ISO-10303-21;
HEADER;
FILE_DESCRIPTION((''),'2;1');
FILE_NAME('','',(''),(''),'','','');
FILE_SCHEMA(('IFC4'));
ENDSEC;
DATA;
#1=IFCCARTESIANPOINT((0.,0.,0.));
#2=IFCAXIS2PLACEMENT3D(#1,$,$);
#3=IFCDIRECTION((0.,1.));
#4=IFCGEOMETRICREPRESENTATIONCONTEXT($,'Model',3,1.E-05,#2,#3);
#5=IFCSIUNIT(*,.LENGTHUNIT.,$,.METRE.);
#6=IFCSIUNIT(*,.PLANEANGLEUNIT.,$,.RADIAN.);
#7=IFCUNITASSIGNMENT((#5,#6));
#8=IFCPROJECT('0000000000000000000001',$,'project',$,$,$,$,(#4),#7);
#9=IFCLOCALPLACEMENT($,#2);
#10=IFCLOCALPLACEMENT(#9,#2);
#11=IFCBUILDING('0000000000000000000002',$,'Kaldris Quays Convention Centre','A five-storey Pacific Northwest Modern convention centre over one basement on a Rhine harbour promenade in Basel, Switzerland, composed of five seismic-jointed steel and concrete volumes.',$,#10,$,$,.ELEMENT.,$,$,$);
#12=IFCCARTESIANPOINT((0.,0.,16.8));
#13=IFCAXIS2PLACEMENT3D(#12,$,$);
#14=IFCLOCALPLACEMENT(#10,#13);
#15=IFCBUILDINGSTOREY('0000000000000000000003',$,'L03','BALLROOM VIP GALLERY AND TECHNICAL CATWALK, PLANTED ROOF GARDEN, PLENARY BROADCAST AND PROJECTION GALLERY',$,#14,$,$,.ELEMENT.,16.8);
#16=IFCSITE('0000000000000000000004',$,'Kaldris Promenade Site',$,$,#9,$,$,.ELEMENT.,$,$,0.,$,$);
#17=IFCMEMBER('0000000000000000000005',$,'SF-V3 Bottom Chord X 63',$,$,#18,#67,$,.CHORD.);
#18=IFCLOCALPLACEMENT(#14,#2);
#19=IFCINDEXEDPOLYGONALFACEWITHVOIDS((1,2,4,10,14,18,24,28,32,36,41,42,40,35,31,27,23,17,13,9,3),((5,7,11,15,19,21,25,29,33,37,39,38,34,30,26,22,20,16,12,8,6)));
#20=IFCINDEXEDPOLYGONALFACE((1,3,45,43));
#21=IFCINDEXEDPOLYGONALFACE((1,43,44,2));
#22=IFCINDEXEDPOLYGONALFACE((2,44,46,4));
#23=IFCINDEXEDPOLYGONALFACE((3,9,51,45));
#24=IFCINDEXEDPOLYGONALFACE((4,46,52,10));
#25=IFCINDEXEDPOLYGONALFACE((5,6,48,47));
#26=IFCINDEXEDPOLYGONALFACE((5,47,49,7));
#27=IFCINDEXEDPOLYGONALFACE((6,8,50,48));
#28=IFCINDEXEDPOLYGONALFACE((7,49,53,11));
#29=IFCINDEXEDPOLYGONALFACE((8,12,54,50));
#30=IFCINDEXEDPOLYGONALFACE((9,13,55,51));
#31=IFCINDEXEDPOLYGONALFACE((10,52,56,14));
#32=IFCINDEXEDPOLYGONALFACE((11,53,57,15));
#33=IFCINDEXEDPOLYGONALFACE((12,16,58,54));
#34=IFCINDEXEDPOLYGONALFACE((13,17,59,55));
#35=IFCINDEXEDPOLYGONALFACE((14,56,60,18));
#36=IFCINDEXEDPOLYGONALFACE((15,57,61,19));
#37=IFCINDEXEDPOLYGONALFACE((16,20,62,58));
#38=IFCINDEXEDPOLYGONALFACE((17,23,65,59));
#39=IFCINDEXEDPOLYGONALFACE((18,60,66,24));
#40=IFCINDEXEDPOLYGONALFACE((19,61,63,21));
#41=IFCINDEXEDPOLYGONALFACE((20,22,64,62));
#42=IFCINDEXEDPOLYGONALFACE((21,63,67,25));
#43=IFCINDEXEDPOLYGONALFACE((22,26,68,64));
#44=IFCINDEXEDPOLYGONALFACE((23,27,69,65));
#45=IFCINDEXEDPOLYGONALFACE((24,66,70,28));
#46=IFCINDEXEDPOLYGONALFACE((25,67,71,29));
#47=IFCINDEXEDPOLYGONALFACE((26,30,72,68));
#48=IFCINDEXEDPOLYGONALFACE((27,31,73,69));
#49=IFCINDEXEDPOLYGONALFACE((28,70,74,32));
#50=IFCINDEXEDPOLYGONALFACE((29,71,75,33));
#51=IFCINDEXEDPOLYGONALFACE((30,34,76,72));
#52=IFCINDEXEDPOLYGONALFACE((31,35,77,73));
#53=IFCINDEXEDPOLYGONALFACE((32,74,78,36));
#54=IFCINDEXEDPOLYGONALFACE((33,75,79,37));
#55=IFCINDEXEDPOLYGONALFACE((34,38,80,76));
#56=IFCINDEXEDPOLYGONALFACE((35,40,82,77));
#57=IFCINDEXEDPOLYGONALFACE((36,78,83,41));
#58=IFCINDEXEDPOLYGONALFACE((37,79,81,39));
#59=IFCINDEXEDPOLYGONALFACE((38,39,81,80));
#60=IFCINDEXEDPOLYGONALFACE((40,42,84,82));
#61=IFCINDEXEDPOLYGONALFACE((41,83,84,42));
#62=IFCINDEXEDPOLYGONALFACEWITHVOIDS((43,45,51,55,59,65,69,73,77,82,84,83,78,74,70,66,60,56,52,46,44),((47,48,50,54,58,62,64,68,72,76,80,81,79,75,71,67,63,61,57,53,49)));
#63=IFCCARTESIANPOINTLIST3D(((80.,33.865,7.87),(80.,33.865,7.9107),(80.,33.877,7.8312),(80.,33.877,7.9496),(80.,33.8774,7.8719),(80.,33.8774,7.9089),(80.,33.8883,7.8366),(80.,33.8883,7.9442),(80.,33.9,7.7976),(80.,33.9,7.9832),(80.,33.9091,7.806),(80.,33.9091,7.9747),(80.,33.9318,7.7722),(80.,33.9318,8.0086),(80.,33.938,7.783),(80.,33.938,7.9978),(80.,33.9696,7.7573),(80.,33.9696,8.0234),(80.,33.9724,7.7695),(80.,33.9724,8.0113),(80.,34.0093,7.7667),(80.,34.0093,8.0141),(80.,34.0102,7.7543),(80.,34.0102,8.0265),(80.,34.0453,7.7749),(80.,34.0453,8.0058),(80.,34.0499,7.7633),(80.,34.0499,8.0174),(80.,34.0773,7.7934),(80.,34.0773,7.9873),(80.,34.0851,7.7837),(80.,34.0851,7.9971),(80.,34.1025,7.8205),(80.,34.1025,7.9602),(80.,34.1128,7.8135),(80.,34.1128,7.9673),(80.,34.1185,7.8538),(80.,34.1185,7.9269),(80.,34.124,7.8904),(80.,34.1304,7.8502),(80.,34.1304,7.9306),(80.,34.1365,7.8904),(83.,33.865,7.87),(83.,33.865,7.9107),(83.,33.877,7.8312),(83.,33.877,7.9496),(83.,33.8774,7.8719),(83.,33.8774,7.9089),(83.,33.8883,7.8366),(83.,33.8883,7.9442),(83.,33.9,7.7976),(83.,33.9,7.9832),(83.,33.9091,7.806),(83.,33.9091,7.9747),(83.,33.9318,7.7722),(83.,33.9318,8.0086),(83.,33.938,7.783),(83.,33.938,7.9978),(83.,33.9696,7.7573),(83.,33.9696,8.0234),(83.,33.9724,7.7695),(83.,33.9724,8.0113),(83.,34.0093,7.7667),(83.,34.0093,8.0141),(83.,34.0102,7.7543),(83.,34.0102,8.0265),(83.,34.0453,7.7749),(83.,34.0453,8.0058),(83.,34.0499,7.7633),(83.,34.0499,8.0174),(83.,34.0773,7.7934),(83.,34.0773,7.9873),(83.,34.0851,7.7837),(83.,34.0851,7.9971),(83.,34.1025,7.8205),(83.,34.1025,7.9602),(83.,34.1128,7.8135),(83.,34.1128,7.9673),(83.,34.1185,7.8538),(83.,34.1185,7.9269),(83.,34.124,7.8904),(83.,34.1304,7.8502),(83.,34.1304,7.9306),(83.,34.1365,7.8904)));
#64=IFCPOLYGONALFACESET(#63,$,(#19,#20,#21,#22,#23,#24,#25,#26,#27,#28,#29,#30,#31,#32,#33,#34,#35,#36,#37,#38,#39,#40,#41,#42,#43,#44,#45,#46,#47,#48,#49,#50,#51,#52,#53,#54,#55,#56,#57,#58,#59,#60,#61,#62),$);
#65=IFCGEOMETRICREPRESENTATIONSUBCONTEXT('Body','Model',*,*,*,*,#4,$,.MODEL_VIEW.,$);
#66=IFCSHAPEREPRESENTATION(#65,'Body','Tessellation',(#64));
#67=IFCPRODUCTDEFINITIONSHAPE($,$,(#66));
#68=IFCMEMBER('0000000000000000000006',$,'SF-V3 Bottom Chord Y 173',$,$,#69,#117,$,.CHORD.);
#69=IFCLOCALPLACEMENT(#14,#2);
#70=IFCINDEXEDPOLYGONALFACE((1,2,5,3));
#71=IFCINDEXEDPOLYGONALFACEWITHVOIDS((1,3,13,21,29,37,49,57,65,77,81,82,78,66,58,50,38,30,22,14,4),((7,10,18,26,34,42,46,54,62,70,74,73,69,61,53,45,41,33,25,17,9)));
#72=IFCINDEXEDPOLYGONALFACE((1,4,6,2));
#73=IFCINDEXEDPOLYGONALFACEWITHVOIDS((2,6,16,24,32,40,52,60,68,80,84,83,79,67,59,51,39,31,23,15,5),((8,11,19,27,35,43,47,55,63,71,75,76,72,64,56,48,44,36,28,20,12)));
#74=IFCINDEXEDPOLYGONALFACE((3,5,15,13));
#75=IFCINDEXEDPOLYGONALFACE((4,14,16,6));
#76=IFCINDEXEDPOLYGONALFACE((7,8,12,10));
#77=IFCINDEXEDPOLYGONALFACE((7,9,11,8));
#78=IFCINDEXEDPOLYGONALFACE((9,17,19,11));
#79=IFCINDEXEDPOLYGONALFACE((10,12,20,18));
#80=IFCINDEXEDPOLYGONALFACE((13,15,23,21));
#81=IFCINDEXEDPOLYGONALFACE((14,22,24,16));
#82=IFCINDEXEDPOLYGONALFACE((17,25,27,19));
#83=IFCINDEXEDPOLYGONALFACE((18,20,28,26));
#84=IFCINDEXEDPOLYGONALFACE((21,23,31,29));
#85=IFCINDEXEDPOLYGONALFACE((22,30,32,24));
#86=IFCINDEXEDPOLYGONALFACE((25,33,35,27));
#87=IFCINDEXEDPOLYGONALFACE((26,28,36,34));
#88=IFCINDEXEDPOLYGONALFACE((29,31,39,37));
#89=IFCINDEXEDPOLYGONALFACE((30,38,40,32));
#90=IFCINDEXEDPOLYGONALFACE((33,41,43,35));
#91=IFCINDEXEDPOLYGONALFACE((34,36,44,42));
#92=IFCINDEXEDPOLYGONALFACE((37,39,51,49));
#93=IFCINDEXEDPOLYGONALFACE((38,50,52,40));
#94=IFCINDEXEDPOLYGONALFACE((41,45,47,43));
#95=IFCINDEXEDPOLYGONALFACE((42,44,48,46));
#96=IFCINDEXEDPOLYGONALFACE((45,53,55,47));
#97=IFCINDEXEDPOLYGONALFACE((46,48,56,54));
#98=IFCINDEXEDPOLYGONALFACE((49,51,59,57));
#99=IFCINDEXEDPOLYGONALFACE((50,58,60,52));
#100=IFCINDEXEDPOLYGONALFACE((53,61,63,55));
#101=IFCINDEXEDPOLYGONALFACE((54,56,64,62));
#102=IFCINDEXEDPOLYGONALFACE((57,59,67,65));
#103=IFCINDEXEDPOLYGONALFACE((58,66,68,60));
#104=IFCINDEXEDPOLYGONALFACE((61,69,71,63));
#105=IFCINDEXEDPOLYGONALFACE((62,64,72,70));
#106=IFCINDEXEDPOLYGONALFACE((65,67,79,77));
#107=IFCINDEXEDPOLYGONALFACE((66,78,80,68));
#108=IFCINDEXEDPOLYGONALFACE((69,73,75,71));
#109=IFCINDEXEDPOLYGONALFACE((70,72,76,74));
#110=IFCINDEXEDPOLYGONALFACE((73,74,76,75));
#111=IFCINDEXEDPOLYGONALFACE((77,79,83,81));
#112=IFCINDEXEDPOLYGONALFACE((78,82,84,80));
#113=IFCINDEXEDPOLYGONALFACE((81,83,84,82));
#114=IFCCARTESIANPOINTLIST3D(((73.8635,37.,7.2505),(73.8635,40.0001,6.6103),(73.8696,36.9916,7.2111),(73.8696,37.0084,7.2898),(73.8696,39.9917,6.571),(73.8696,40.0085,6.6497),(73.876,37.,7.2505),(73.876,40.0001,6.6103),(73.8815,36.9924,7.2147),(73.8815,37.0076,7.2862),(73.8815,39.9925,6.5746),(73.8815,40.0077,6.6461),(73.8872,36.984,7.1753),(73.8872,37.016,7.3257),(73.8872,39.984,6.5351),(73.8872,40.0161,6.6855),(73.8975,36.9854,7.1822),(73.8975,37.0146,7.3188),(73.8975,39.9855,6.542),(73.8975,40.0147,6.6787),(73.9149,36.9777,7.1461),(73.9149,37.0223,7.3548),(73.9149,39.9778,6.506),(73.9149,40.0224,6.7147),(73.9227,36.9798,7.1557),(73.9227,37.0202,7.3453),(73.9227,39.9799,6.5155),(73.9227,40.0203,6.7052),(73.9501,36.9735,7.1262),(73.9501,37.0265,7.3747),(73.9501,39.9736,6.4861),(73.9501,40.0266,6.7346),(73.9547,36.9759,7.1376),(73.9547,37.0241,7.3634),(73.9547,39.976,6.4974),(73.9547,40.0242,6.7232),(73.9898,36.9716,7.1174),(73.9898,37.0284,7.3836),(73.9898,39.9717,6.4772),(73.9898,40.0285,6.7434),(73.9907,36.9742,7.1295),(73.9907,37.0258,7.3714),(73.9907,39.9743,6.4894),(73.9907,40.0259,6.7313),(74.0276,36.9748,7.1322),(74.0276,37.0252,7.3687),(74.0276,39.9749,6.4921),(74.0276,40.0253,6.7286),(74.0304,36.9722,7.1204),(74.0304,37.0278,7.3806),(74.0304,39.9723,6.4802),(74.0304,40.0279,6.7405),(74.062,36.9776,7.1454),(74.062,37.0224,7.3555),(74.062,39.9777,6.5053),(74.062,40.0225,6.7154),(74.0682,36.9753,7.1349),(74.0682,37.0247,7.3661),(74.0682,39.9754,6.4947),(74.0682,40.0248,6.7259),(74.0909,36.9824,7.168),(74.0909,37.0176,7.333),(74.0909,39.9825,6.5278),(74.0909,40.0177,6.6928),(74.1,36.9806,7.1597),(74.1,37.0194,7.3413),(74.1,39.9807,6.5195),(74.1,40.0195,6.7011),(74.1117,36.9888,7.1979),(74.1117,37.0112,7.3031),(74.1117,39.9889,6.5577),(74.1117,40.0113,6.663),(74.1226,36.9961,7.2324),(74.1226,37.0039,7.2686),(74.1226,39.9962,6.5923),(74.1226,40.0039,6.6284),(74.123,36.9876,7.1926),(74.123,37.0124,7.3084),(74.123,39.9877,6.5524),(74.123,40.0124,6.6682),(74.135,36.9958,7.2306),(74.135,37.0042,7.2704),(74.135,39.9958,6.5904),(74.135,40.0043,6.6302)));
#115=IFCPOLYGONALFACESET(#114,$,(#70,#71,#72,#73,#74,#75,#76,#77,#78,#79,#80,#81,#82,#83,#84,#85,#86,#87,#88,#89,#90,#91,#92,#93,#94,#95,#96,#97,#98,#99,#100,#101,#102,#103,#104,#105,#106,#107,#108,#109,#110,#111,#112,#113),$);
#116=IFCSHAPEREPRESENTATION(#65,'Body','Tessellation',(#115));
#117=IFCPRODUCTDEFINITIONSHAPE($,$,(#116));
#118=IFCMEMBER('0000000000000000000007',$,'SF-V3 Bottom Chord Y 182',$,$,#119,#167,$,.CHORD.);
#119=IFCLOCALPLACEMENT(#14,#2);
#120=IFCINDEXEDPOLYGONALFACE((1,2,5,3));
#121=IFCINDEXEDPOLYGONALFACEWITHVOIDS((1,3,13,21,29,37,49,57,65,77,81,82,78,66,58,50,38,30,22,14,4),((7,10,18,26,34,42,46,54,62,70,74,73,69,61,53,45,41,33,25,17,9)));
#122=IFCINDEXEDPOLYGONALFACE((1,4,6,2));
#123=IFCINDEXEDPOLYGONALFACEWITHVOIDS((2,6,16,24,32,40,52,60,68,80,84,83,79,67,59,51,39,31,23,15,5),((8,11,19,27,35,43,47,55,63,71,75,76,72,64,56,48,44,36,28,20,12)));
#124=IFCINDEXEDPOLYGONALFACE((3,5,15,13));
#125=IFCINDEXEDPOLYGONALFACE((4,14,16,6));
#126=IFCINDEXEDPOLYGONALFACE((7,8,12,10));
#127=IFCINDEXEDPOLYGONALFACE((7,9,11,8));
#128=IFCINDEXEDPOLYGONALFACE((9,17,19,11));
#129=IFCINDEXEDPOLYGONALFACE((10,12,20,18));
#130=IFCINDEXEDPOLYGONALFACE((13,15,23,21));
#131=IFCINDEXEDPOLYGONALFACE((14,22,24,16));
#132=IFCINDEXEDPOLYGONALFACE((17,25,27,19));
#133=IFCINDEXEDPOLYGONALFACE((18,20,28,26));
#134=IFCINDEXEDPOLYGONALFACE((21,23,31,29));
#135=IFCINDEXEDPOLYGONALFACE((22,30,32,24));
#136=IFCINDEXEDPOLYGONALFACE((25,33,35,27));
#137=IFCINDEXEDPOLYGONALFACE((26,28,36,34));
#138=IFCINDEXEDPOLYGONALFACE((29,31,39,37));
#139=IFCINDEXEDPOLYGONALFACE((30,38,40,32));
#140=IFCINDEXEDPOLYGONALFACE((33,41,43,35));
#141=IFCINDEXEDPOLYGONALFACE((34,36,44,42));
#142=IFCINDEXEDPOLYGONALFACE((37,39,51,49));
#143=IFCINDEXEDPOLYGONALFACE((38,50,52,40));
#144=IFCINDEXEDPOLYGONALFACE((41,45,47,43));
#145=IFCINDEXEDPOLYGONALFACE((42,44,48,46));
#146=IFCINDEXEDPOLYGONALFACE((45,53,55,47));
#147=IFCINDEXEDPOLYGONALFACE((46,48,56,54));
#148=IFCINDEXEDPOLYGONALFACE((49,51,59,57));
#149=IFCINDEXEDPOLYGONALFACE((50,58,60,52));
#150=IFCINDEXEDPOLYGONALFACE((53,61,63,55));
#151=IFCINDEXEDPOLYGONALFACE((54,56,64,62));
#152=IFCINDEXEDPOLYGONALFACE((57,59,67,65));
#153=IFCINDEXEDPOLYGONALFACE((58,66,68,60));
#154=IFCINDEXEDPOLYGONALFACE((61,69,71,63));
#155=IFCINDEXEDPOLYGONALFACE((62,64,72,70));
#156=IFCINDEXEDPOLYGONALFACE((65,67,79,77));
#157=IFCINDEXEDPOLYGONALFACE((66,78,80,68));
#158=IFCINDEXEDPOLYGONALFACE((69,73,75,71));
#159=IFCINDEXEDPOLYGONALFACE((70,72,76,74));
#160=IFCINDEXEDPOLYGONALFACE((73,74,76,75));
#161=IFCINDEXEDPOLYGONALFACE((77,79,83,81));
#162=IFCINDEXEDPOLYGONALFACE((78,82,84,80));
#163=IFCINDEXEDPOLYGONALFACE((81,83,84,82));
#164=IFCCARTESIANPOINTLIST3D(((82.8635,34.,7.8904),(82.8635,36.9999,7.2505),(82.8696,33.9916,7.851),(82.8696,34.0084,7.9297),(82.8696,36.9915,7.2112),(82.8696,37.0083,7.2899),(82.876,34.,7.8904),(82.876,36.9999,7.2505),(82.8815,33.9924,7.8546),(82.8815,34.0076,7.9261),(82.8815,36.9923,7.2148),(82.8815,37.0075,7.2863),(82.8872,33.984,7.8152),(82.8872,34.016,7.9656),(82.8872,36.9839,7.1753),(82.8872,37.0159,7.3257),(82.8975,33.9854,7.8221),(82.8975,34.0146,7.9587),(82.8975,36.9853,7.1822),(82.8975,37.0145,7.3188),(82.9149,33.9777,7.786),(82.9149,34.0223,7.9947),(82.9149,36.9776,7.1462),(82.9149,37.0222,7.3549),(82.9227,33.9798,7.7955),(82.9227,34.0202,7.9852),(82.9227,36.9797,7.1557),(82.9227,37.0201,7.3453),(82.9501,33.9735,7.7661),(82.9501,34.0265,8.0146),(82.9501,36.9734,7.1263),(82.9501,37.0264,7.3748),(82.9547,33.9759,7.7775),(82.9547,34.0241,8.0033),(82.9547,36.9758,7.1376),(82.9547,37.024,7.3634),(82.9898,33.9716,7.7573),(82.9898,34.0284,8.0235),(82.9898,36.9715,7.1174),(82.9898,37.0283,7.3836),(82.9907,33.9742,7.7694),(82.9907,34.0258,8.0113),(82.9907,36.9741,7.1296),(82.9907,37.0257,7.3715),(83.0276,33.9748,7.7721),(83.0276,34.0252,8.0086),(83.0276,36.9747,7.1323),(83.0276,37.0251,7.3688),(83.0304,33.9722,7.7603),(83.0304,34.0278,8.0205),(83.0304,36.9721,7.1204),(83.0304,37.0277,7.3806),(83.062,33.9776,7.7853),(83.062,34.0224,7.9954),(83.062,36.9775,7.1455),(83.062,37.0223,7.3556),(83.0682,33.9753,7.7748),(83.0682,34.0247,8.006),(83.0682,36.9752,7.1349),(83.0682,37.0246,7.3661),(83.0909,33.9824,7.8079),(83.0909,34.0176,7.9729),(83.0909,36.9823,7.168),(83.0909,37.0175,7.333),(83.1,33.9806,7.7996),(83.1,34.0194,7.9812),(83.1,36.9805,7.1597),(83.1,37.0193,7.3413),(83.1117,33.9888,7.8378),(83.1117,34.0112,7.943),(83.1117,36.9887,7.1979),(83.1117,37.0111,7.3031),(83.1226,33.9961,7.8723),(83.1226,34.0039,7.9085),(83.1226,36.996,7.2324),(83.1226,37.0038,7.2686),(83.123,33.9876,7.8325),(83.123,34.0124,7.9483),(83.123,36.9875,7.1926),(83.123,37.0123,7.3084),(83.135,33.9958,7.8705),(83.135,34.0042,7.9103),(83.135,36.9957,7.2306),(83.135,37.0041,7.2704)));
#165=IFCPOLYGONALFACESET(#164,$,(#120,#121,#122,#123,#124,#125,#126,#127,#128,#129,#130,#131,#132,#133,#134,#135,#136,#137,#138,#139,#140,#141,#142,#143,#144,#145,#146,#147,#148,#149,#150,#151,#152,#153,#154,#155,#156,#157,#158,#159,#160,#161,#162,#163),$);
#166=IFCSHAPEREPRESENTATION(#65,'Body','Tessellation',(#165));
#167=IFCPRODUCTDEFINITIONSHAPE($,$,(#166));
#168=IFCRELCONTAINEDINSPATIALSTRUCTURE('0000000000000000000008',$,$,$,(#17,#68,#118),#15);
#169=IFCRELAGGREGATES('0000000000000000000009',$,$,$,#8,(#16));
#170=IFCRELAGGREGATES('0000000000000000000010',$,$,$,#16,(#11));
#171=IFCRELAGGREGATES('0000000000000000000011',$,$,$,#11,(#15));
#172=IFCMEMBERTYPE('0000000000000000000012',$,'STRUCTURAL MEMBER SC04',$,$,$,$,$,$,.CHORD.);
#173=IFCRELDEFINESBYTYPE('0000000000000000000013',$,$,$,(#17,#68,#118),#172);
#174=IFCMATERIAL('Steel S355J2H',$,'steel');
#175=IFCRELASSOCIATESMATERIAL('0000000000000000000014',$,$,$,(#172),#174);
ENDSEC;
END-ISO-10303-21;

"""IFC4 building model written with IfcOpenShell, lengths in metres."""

from ifc_helpers import new_model, si_unit, direction, frame, origin, origin_2d, place, context, subcontext, project, spatial, hollow_circle, extrude, material, material_profile, profile_set, type_object, element, save


model = new_model("IFC4")

# Units and contexts
model_context = context("Model", 3, precision=1e-05, world=origin(), true_north=direction((0.0, 1.0)))
body_context = subcontext(model_context, "Body", "Model", "MODEL_VIEW")
ifc_project = project(units=[si_unit("LENGTHUNIT", "METRE"), si_unit("PLANEANGLEUNIT", "RADIAN")], contexts=[model_context])

# Site, building, storey
site_placement = place(None, origin())
site = spatial("IfcSite", under=ifc_project, at=site_placement, Name="Kaldris Promenade Site", CompositionType="ELEMENT", RefElevation=0.0)
building_placement = place(site_placement, origin())
building = spatial("IfcBuilding", under=site, at=building_placement, Name="Kaldris Quays Convention Centre", Description="A five-storey Pacific Northwest Modern convention centre over one basement on a Rhine harbour promenade in Basel, Switzerland, composed of five seismic-jointed steel and concrete volumes.", CompositionType="ELEMENT")
storey_placement = place(building_placement, frame((0.0, 0.0, 16.8)))
storey = spatial("IfcBuildingStorey", under=building, at=storey_placement, Name="L03", Description="BALLROOM VIP GALLERY AND TECHNICAL CATWALK, PLANTED ROOF GARDEN, PLENARY BROADCAST AND PROJECTION GALLERY", CompositionType="ELEMENT", Elevation=16.8)

# Members
ifc_material_1 = material(Name="Steel S355J2H", Category="steel")
ifc_material_profile_1 = material_profile(ifc_material_1, hollow_circle(Radius=0.1365, WallThickness=0.0125, at=origin_2d()), Name="CHS 273x12.5")
ifc_profile_set_1 = profile_set([ifc_material_profile_1], Name="Steel S355J2H")
member_type_1 = type_object("IfcMemberType", Name="STRUCTURAL MEMBER SC04", PredefinedType="CHORD", material=ifc_profile_set_1)
for number, where, z_axis, x_axis, name in (
    (1, (80.0, 34.0, 7.8904), (1.0, 0.0, 0.0), (0.0, 1.0, 0.0), "SF-V3 Bottom Chord X 63"),
):
    element("IfcMember", number, at=place(storey_placement, frame(where, z_axis=z_axis, x_axis=x_axis)), inside=storey, type_object=member_type_1, Name=name, PredefinedType="CHORD", context=body_context, shape_type="SweptSolid", body=[
        extrude(hollow_circle(Radius=0.1365, WallThickness=0.0125, at=origin_2d()), origin(), (0.0, 0.0, 1.0), 3.0),
    ])
member_1_placement = place(storey_placement, frame((74.0, 37.0, 7.2505), z_axis=(0.0, 0.977984, -0.208681), x_axis=(-1.0, 0.0, 0.0)))
element("IfcMember", 2, at=member_1_placement, inside=storey, type_object=member_type_1, Name="SF-V3 Bottom Chord Y 173", PredefinedType="CHORD", context=body_context, shape_type="SweptSolid", body=[
    extrude(hollow_circle(Radius=0.1365, WallThickness=0.0125, at=origin_2d()), origin(), (0.0, 0.0, 1.0), 3.0676),
])
member_2_placement = place(storey_placement, frame((83.0, 34.0, 7.8904), z_axis=(0.0, 0.978, -0.208605), x_axis=(-1.0, 0.0, 0.0)))
element("IfcMember", 3, at=member_2_placement, inside=storey, type_object=member_type_1, Name="SF-V3 Bottom Chord Y 182", PredefinedType="CHORD", context=body_context, shape_type="SweptSolid", body=[
    extrude(hollow_circle(Radius=0.1365, WallThickness=0.0125, at=origin_2d()), origin(), (0.0, 0.0, 1.0), 3.0674),
])

save(model, "model.ifc")
